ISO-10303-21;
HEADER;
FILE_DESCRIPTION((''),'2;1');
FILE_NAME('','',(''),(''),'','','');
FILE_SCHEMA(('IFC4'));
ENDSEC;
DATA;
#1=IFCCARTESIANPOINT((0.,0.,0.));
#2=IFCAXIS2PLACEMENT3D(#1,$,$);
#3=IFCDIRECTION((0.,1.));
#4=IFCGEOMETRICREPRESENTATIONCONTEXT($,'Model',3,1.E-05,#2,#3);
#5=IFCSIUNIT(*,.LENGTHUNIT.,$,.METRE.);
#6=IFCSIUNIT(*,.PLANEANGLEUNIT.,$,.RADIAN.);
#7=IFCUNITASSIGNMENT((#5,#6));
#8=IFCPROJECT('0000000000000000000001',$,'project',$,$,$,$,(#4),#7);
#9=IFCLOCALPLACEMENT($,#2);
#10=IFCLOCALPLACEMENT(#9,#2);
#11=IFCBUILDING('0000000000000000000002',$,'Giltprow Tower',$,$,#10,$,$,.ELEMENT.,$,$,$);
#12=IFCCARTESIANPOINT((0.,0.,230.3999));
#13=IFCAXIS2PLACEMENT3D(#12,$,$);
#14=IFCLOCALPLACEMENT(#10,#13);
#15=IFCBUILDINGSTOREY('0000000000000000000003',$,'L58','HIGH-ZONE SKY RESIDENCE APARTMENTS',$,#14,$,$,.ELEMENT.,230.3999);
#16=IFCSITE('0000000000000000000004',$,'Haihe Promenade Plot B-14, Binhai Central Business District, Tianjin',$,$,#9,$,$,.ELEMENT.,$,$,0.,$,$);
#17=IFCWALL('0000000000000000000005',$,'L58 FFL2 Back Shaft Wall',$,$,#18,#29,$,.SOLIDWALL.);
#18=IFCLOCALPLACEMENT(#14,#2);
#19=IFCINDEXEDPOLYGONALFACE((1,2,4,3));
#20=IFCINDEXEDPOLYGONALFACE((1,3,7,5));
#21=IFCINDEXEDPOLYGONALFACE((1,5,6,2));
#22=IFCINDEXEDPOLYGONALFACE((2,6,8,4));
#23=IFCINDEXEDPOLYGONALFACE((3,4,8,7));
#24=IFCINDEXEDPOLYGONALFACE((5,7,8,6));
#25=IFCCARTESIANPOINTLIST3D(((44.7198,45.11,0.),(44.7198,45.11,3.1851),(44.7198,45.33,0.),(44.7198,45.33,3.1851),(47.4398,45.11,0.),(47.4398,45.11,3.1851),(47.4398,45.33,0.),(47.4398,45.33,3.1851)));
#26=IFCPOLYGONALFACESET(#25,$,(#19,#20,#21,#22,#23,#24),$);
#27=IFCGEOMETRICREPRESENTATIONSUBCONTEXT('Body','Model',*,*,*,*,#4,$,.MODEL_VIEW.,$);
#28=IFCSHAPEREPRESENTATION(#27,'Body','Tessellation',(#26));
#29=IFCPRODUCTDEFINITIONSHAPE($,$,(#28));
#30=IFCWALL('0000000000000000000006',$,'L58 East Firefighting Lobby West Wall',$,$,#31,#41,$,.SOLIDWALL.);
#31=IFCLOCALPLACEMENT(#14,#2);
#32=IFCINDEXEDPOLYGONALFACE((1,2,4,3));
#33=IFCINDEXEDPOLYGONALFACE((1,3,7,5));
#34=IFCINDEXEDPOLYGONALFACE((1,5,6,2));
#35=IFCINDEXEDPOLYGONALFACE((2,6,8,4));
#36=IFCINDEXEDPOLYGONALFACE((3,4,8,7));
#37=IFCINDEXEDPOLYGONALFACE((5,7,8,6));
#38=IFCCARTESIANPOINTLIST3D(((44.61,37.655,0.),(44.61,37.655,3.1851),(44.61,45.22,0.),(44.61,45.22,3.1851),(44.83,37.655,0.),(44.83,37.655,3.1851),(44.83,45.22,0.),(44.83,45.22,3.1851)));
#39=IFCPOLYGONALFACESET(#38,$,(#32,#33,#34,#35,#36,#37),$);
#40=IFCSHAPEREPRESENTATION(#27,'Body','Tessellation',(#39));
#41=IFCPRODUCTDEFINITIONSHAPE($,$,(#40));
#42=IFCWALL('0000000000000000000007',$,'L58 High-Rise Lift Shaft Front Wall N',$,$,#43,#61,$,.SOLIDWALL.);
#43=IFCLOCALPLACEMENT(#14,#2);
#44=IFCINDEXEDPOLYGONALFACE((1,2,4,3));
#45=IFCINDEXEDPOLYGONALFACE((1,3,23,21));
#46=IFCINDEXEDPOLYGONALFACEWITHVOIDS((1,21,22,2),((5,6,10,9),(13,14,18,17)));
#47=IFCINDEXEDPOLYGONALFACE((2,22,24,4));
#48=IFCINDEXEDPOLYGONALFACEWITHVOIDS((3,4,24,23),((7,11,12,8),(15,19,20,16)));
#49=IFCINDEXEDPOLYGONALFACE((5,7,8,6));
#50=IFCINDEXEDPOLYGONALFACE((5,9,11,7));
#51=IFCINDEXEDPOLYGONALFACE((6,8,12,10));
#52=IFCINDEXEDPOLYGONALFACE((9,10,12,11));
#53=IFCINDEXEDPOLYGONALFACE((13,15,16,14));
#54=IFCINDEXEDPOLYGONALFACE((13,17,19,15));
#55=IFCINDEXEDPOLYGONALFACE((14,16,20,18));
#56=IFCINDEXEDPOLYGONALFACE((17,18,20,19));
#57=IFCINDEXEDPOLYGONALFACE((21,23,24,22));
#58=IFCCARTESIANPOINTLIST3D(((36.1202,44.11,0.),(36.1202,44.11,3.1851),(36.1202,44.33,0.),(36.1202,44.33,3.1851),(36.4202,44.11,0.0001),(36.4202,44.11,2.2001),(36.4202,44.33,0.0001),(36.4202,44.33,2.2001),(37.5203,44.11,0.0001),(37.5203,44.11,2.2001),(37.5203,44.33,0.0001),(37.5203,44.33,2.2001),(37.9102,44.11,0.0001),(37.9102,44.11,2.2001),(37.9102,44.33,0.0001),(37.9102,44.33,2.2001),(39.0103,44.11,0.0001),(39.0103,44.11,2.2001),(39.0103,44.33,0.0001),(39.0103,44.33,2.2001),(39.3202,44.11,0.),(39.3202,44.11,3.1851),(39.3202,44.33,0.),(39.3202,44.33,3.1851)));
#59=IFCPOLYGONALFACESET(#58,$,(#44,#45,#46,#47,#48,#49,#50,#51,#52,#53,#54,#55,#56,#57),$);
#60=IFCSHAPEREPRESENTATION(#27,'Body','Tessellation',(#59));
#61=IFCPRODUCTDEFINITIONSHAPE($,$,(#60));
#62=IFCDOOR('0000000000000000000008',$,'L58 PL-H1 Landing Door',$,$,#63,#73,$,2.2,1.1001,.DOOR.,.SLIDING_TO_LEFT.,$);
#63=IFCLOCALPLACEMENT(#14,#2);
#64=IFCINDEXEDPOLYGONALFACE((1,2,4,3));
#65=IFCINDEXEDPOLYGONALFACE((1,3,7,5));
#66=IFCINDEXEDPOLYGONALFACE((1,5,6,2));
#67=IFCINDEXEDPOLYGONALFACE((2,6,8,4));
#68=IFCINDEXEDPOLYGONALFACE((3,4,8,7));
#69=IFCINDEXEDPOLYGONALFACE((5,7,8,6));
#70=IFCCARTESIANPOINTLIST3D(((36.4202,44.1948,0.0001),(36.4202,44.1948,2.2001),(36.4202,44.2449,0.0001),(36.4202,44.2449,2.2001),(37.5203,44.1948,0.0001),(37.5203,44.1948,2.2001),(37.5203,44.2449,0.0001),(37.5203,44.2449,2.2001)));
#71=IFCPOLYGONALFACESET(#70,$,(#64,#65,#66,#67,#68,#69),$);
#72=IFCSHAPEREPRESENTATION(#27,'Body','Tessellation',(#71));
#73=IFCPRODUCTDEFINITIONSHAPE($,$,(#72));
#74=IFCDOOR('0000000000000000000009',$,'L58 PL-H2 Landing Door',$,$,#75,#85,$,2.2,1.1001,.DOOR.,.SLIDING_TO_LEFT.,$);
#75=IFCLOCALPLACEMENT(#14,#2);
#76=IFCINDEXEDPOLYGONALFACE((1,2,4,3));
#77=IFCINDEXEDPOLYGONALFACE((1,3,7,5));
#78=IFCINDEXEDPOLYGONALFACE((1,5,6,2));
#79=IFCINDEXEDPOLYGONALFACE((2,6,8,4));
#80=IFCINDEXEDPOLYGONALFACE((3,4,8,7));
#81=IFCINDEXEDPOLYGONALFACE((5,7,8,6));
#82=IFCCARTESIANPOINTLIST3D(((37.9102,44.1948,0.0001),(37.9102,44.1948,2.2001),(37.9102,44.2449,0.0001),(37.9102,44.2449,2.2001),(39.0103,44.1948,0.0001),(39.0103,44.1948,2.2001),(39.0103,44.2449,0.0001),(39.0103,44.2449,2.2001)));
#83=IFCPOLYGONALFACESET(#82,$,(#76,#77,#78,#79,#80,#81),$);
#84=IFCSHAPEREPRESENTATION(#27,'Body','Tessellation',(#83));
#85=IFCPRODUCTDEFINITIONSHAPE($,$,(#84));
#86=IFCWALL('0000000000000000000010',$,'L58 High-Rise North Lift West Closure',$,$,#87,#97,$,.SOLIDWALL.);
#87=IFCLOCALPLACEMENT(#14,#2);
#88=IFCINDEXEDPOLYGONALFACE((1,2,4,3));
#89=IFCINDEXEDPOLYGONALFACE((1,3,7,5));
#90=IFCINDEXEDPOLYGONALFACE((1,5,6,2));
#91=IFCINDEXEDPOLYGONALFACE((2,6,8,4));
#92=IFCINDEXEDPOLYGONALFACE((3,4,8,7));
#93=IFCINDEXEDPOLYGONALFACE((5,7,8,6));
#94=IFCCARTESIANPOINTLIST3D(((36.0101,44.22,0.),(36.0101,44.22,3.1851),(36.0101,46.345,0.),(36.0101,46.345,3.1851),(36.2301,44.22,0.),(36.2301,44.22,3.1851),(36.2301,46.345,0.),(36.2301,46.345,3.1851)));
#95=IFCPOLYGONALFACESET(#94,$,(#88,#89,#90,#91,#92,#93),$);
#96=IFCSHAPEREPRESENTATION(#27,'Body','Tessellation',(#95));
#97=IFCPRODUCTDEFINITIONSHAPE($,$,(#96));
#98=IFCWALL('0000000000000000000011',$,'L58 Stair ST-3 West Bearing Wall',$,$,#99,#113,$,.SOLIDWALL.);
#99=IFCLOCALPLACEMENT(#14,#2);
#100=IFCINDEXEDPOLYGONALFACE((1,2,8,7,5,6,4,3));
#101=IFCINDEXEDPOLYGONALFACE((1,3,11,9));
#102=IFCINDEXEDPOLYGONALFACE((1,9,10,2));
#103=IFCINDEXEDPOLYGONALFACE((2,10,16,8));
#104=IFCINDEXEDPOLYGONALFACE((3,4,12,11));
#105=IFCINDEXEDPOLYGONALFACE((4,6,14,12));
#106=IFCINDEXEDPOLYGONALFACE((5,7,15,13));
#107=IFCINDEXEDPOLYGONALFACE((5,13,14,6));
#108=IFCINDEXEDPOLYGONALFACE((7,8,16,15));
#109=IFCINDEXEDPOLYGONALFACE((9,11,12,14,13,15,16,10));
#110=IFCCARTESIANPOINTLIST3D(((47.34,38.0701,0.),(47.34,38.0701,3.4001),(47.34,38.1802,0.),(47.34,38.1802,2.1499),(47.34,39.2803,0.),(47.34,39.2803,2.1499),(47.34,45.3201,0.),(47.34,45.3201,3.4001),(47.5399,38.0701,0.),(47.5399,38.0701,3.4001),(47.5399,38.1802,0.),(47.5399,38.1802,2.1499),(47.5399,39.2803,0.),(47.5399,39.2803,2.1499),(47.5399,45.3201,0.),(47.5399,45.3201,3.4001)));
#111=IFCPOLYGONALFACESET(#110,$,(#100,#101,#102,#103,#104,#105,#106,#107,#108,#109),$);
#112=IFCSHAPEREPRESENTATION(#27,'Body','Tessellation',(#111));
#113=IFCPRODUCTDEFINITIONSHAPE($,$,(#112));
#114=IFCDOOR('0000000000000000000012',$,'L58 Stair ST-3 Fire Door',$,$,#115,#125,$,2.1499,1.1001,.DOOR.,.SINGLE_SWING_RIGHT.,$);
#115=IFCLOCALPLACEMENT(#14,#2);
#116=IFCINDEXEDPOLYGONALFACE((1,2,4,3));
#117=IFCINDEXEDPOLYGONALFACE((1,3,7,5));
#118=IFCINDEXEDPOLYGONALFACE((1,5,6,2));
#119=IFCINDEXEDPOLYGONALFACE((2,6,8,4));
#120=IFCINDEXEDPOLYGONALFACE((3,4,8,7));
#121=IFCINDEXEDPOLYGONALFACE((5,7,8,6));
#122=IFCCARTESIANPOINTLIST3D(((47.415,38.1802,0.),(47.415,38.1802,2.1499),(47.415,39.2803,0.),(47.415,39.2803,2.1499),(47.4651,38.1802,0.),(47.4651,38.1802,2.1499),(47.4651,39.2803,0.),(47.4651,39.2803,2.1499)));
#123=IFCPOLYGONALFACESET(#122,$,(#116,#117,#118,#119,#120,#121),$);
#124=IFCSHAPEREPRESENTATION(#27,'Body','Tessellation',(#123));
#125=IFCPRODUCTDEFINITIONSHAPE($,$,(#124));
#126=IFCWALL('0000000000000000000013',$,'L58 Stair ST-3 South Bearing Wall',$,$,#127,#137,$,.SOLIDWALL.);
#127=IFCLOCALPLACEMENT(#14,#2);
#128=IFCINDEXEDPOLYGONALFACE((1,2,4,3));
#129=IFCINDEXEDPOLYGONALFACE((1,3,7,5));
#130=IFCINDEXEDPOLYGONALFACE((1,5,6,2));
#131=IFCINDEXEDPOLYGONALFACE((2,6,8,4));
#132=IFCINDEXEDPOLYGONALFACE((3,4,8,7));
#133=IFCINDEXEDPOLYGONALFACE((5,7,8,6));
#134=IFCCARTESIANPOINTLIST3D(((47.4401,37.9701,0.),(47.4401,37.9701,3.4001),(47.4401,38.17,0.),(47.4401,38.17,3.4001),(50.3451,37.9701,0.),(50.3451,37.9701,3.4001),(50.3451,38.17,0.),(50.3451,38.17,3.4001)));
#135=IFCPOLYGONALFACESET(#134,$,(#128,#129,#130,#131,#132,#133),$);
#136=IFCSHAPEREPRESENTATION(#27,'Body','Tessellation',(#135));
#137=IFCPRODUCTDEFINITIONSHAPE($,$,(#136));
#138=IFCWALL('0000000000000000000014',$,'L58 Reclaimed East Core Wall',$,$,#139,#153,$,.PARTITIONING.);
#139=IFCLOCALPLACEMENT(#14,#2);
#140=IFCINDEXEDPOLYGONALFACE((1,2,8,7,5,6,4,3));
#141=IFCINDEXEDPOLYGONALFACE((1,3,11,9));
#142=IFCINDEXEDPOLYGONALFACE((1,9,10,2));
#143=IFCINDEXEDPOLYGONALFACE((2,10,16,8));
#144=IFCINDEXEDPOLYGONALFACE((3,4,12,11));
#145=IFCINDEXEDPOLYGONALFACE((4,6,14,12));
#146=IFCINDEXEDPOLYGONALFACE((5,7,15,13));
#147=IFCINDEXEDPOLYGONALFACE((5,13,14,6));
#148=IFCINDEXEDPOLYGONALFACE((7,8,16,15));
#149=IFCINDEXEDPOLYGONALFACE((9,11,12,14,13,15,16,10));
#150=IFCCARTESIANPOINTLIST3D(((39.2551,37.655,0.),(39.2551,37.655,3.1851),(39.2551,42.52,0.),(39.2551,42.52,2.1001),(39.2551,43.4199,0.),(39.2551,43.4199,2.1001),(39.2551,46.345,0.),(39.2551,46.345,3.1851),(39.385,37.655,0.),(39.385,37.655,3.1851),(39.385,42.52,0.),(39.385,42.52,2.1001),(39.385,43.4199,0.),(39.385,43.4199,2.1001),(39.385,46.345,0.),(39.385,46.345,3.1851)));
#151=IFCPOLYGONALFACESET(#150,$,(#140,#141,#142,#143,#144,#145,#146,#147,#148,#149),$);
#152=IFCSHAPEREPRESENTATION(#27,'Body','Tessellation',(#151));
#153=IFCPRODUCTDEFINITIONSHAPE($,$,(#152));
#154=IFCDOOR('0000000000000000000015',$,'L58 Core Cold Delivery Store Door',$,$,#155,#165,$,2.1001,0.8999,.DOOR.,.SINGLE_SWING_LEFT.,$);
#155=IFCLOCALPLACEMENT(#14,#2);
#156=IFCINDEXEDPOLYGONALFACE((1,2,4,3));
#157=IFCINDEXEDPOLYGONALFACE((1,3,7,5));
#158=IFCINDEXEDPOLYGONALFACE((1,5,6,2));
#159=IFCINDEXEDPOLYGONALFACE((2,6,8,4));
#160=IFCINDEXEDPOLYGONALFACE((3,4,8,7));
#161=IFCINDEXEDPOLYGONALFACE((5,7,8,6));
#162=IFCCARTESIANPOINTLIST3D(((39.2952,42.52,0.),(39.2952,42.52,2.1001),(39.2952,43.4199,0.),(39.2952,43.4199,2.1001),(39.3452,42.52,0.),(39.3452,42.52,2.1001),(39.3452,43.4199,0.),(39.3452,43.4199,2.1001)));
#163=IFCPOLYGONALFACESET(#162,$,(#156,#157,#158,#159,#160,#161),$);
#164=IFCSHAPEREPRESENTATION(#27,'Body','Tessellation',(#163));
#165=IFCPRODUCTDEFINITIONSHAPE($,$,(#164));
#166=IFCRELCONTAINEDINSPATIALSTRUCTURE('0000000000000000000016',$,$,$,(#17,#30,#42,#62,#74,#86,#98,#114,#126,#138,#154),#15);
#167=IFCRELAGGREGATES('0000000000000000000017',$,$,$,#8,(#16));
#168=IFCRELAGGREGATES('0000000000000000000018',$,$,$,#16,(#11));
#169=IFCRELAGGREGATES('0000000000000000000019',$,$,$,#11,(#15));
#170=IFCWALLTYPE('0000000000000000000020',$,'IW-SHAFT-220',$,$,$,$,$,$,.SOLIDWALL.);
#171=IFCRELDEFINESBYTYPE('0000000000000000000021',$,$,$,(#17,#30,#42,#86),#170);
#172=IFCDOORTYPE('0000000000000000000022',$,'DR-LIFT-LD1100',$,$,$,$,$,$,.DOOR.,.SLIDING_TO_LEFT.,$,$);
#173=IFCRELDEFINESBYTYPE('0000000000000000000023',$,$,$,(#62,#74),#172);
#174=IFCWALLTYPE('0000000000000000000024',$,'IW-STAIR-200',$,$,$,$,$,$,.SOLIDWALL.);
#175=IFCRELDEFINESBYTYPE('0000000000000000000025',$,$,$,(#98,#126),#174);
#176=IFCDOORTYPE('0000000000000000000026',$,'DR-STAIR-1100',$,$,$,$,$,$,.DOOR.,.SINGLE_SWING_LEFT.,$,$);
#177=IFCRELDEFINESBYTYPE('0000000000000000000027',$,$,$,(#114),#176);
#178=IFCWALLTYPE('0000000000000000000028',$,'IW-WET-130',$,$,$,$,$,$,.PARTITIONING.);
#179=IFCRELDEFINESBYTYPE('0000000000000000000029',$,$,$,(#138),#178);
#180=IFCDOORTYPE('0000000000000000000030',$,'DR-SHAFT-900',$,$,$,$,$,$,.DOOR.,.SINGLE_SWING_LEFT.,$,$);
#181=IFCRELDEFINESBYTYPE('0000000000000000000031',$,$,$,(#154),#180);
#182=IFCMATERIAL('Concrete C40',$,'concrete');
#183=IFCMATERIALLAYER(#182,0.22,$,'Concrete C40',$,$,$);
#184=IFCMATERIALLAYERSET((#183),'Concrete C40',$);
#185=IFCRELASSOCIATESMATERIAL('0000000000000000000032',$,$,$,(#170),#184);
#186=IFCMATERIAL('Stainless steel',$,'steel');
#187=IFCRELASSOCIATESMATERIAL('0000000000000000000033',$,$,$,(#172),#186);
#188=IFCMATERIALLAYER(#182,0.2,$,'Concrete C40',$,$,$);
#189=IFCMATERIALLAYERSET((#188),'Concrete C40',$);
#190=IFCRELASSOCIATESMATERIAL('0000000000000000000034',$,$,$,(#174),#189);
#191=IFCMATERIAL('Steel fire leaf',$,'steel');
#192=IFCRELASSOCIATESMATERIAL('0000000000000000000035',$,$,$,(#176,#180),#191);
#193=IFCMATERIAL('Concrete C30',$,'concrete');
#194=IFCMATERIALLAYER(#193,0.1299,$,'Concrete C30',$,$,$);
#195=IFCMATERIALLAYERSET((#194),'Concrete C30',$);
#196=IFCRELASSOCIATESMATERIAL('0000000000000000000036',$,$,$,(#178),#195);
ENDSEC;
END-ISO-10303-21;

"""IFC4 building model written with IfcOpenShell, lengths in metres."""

from ifc_helpers import new_model, si_unit, direction, frame, frame_2d, origin, place, context, subcontext, project, spatial, rectangle, extrude, source, transform, mapped, material, layer, layer_set, type_object, element, fill, save


model = new_model("IFC4")

# Units and contexts
model_context = context("Model", 3, precision=1e-05, world=origin(), true_north=direction((0.0, 1.0)))
body_context = subcontext(model_context, "Body", "Model", "MODEL_VIEW")
ifc_project = project(units=[si_unit("LENGTHUNIT", "METRE"), si_unit("PLANEANGLEUNIT", "RADIAN")], contexts=[model_context])

# Site, building, storey
site_placement = place(None, origin())
site = spatial("IfcSite", under=ifc_project, at=site_placement, Name="Haihe Promenade Plot B-14, Binhai Central Business District, Tianjin", CompositionType="ELEMENT", RefElevation=0.0)
building_placement = place(site_placement, origin())
building = spatial("IfcBuilding", under=site, at=building_placement, Name="Giltprow Tower", CompositionType="ELEMENT")
storey_placement = place(building_placement, frame((0.0, 0.0, 230.3999)))
storey = spatial("IfcBuildingStorey", under=building, at=storey_placement, Name="L58", Description="HIGH-ZONE SKY RESIDENCE APARTMENTS", CompositionType="ELEMENT", Elevation=230.3999)

# Shared definitions
ifc_material_1 = material(Name="Concrete C40", Category="concrete")
ifc_layer_1 = layer(ifc_material_1, 0.22, Name="Concrete C40")
ifc_layer_set_1 = layer_set([ifc_layer_1], Name="Concrete C40")
wall_type_1 = type_object("IfcWallType", Name="IW-SHAFT-220", PredefinedType="SOLIDWALL", material=ifc_layer_set_1)
ifc_material_2 = material(Name="Stainless steel", Category="steel")
door_type_1 = type_object("IfcDoorType", Name="DR-LIFT-LD1100", OperationType="SLIDING_TO_LEFT", PredefinedType="DOOR", material=ifc_material_2)
shared_shape_1 = source(origin(), body_context, "Body", "SweptSolid", [
    extrude(rectangle(XDim=1.1001, YDim=2.2, at=frame_2d((0.55, 1.1001))), frame((0.0, 0.0249, 0.0), z_axis=(0.0, -1.0, 0.0), x_axis=(1.0, 0.0, 0.0)), (0.0, 0.0, 1.0), 0.05),
])

# Walls
wall_1_placement = place(storey_placement, frame((44.72, 45.22, 0.0), z_axis=(0.0, 0.0, 1.0), x_axis=(1.0, 0.0, 0.0)))
element("IfcWall", 1, at=wall_1_placement, inside=storey, type_object=wall_type_1, Name="L58 FFL2 Back Shaft Wall", PredefinedType="SOLIDWALL", context=body_context, shape_type="SweptSolid", body=[
    extrude(rectangle(XDim=2.72, YDim=0.22, at=frame_2d((1.3599, 0.0))), origin(), (0.0, 0.0, 1.0), 3.1851),
])
wall_2_placement = place(storey_placement, frame((44.72, 37.655, 0.0), z_axis=(0.0, 0.0, 1.0), x_axis=(0.0, 1.0, 0.0)))
element("IfcWall", 2, at=wall_2_placement, inside=storey, type_object=wall_type_1, Name="L58 East Firefighting Lobby West Wall", PredefinedType="SOLIDWALL", context=body_context, shape_type="SweptSolid", body=[
    extrude(rectangle(XDim=7.5649, YDim=0.22, at=frame_2d((3.7825, 0.0))), origin(), (0.0, 0.0, 1.0), 3.1851),
])

# Wall, openings, doors
wall_3_placement = place(storey_placement, frame((36.1201, 44.22, 0.0), z_axis=(0.0, 0.0, 1.0), x_axis=(1.0, 0.0, 0.0)))
wall_3 = element("IfcWall", 3, at=wall_3_placement, inside=storey, type_object=wall_type_1, Name="L58 High-Rise Lift Shaft Front Wall N", PredefinedType="SOLIDWALL", context=body_context, shape_type="SweptSolid", body=[
    extrude(rectangle(XDim=3.2, YDim=0.22, at=frame_2d((1.6001, 0.0))), origin(), (0.0, 0.0, 1.0), 3.1851),
])
opening_1_placement = place(wall_3_placement, frame((0.3, 0.0, 0.0)))
opening_1 = element("IfcOpeningElement", 4, at=opening_1_placement, cuts=wall_3, PredefinedType="OPENING", context=body_context, shape_type="SweptSolid", body=[
    extrude(rectangle(XDim=1.1001, YDim=2.2, at=frame_2d((0.55, 1.1001))), frame((0.0, 0.1199, 0.0), z_axis=(0.0, -1.0, 0.0), x_axis=(1.0, 0.0, 0.0)), (0.0, 0.0, 1.0), 0.24),
])
opening_2_placement = place(wall_3_placement, frame((1.79, 0.0, 0.0)))
opening_2 = element("IfcOpeningElement", 5, at=opening_2_placement, cuts=wall_3, PredefinedType="OPENING", context=body_context, shape_type="SweptSolid", body=[
    extrude(rectangle(XDim=1.1001, YDim=2.2, at=frame_2d((0.55, 1.1001))), frame((0.0, 0.1199, 0.0), z_axis=(0.0, -1.0, 0.0), x_axis=(1.0, 0.0, 0.0)), (0.0, 0.0, 1.0), 0.24),
])
door_1_placement = place(opening_1_placement, origin())
door_1 = element("IfcDoor", 6, at=door_1_placement, inside=storey, type_object=door_type_1, Name="L58 PL-H1 Landing Door", OperationType="SLIDING_TO_LEFT", OverallHeight=2.2, OverallWidth=1.1001, PredefinedType="DOOR", context=body_context, shape_type="MappedRepresentation", body=[
    mapped(shared_shape_1, transform((0.0, 0.0, 0.0), x_axis=(1.0, 0.0, 0.0), y_axis=(0.0, 1.0, 0.0), z_axis=(0.0, 0.0, 1.0), scale=1.0)),
])
fill(opening_1, door_1)
door_2_placement = place(opening_2_placement, origin())
door_2 = element("IfcDoor", 7, at=door_2_placement, inside=storey, type_object=door_type_1, Name="L58 PL-H2 Landing Door", OperationType="SLIDING_TO_LEFT", OverallHeight=2.2, OverallWidth=1.1001, PredefinedType="DOOR", context=body_context, shape_type="MappedRepresentation", body=[
    mapped(shared_shape_1, transform((0.0, 0.0, 0.0), x_axis=(1.0, 0.0, 0.0), y_axis=(0.0, 1.0, 0.0), z_axis=(0.0, 0.0, 1.0), scale=1.0)),
])
fill(opening_2, door_2)

# Wall
wall_4_placement = place(storey_placement, frame((36.1201, 44.22, 0.0), z_axis=(0.0, 0.0, 1.0), x_axis=(0.0, 1.0, 0.0)))
element("IfcWall", 8, at=wall_4_placement, inside=storey, type_object=wall_type_1, Name="L58 High-Rise North Lift West Closure", PredefinedType="SOLIDWALL", context=body_context, shape_type="SweptSolid", body=[
    extrude(rectangle(XDim=2.125, YDim=0.22, at=frame_2d((1.0625, 0.0))), origin(), (0.0, 0.0, 1.0), 3.1851),
])

# Wall, opening, door
ifc_layer_2 = layer(ifc_material_1, 0.2, Name="Concrete C40")
ifc_layer_set_2 = layer_set([ifc_layer_2], Name="Concrete C40")
wall_type_2 = type_object("IfcWallType", Name="IW-STAIR-200", PredefinedType="SOLIDWALL", material=ifc_layer_set_2)
wall_5_placement = place(storey_placement, frame((47.4399, 38.0701, 0.0), z_axis=(0.0, 0.0, 1.0), x_axis=(0.0, 1.0, 0.0)))
wall_5 = element("IfcWall", 9, at=wall_5_placement, inside=storey, type_object=wall_type_2, Name="L58 Stair ST-3 West Bearing Wall", PredefinedType="SOLIDWALL", context=body_context, shape_type="SweptSolid", body=[
    extrude(rectangle(XDim=7.25, YDim=0.2, at=frame_2d((3.625, 0.0))), origin(), (0.0, 0.0, 1.0), 3.4001),
])
opening_3_placement = place(wall_5_placement, frame((0.1101, 0.0, 0.0)))
opening_3 = element("IfcOpeningElement", 10, at=opening_3_placement, cuts=wall_5, PredefinedType="OPENING", context=body_context, shape_type="SweptSolid", body=[
    extrude(rectangle(XDim=1.1001, YDim=2.1499, at=frame_2d((0.55, 1.075))), frame((0.0, 0.1099, 0.0), z_axis=(0.0, -1.0, 0.0), x_axis=(1.0, 0.0, 0.0)), (0.0, 0.0, 1.0), 0.22),
])
ifc_material_3 = material(Name="Steel fire leaf", Category="steel")
door_type_2 = type_object("IfcDoorType", Name="DR-STAIR-1100", OperationType="SINGLE_SWING_LEFT", PredefinedType="DOOR", material=ifc_material_3)
shared_shape_2 = source(origin(), body_context, "Body", "SweptSolid", [
    extrude(rectangle(XDim=1.1001, YDim=2.1499, at=frame_2d((0.55, 1.075))), frame((0.0, 0.0249, 0.0), z_axis=(0.0, -1.0, 0.0), x_axis=(1.0, 0.0, 0.0)), (0.0, 0.0, 1.0), 0.05),
])
door_3_placement = place(opening_3_placement, origin())
door_3 = element("IfcDoor", 11, at=door_3_placement, inside=storey, type_object=door_type_2, Name="L58 Stair ST-3 Fire Door", OperationType="SINGLE_SWING_RIGHT", OverallHeight=2.1499, OverallWidth=1.1001, PredefinedType="DOOR", context=body_context, shape_type="MappedRepresentation", body=[
    mapped(shared_shape_2, transform((0.0, 0.0, 0.0), x_axis=(1.0, 0.0, 0.0), y_axis=(0.0, 1.0, 0.0), z_axis=(0.0, 0.0, 1.0), scale=1.0)),
])
fill(opening_3, door_3)

# Wall
wall_6_placement = place(storey_placement, frame((47.4399, 38.0701, 0.0), z_axis=(0.0, 0.0, 1.0), x_axis=(1.0, 0.0, 0.0)))
element("IfcWall", 12, at=wall_6_placement, inside=storey, type_object=wall_type_2, Name="L58 Stair ST-3 South Bearing Wall", PredefinedType="SOLIDWALL", context=body_context, shape_type="SweptSolid", body=[
    extrude(rectangle(XDim=2.905, YDim=0.2, at=frame_2d((1.4526, 0.0))), origin(), (0.0, 0.0, 1.0), 3.4001),
])

# Wall, opening, door
ifc_material_4 = material(Name="Concrete C30", Category="concrete")
ifc_layer_3 = layer(ifc_material_4, 0.1299, Name="Concrete C30")
ifc_layer_set_3 = layer_set([ifc_layer_3], Name="Concrete C30")
wall_type_3 = type_object("IfcWallType", Name="IW-WET-130", PredefinedType="PARTITIONING", material=ifc_layer_set_3)
wall_7_placement = place(storey_placement, frame((39.3201, 37.655, 0.0), z_axis=(0.0, 0.0, 1.0), x_axis=(0.0, 1.0, 0.0)))
wall_7 = element("IfcWall", 13, at=wall_7_placement, inside=storey, type_object=wall_type_3, Name="L58 Reclaimed East Core Wall", PredefinedType="PARTITIONING", context=body_context, shape_type="SweptSolid", body=[
    extrude(rectangle(XDim=8.6899, YDim=0.1299, at=frame_2d((4.345, 0.0))), origin(), (0.0, 0.0, 1.0), 3.1851),
])
opening_4_placement = place(wall_7_placement, frame((4.865, 0.0, 0.0)))
opening_4 = element("IfcOpeningElement", 14, at=opening_4_placement, cuts=wall_7, PredefinedType="OPENING", context=body_context, shape_type="SweptSolid", body=[
    extrude(rectangle(XDim=0.8999, YDim=2.1001, at=frame_2d((0.45, 1.05))), frame((0.0, 0.075, 0.0), z_axis=(0.0, -1.0, 0.0), x_axis=(1.0, 0.0, 0.0)), (0.0, 0.0, 1.0), 0.1499),
])
door_type_3 = type_object("IfcDoorType", Name="DR-SHAFT-900", OperationType="SINGLE_SWING_LEFT", PredefinedType="DOOR", material=ifc_material_3)
shared_shape_3 = source(origin(), body_context, "Body", "SweptSolid", [
    extrude(rectangle(XDim=0.8999, YDim=2.1001, at=frame_2d((0.45, 1.05))), frame((0.0, 0.0249, 0.0), z_axis=(0.0, -1.0, 0.0), x_axis=(1.0, 0.0, 0.0)), (0.0, 0.0, 1.0), 0.05),
])
door_4_placement = place(opening_4_placement, origin())
door_4 = element("IfcDoor", 15, at=door_4_placement, inside=storey, type_object=door_type_3, Name="L58 Core Cold Delivery Store Door", OperationType="SINGLE_SWING_LEFT", OverallHeight=2.1001, OverallWidth=0.8999, PredefinedType="DOOR", context=body_context, shape_type="MappedRepresentation", body=[
    mapped(shared_shape_3, transform((0.0, 0.0, 0.0), x_axis=(1.0, 0.0, 0.0), y_axis=(0.0, 1.0, 0.0), z_axis=(0.0, 0.0, 1.0), scale=1.0)),
])
fill(opening_4, door_4)

save(model, "model.ifc")
